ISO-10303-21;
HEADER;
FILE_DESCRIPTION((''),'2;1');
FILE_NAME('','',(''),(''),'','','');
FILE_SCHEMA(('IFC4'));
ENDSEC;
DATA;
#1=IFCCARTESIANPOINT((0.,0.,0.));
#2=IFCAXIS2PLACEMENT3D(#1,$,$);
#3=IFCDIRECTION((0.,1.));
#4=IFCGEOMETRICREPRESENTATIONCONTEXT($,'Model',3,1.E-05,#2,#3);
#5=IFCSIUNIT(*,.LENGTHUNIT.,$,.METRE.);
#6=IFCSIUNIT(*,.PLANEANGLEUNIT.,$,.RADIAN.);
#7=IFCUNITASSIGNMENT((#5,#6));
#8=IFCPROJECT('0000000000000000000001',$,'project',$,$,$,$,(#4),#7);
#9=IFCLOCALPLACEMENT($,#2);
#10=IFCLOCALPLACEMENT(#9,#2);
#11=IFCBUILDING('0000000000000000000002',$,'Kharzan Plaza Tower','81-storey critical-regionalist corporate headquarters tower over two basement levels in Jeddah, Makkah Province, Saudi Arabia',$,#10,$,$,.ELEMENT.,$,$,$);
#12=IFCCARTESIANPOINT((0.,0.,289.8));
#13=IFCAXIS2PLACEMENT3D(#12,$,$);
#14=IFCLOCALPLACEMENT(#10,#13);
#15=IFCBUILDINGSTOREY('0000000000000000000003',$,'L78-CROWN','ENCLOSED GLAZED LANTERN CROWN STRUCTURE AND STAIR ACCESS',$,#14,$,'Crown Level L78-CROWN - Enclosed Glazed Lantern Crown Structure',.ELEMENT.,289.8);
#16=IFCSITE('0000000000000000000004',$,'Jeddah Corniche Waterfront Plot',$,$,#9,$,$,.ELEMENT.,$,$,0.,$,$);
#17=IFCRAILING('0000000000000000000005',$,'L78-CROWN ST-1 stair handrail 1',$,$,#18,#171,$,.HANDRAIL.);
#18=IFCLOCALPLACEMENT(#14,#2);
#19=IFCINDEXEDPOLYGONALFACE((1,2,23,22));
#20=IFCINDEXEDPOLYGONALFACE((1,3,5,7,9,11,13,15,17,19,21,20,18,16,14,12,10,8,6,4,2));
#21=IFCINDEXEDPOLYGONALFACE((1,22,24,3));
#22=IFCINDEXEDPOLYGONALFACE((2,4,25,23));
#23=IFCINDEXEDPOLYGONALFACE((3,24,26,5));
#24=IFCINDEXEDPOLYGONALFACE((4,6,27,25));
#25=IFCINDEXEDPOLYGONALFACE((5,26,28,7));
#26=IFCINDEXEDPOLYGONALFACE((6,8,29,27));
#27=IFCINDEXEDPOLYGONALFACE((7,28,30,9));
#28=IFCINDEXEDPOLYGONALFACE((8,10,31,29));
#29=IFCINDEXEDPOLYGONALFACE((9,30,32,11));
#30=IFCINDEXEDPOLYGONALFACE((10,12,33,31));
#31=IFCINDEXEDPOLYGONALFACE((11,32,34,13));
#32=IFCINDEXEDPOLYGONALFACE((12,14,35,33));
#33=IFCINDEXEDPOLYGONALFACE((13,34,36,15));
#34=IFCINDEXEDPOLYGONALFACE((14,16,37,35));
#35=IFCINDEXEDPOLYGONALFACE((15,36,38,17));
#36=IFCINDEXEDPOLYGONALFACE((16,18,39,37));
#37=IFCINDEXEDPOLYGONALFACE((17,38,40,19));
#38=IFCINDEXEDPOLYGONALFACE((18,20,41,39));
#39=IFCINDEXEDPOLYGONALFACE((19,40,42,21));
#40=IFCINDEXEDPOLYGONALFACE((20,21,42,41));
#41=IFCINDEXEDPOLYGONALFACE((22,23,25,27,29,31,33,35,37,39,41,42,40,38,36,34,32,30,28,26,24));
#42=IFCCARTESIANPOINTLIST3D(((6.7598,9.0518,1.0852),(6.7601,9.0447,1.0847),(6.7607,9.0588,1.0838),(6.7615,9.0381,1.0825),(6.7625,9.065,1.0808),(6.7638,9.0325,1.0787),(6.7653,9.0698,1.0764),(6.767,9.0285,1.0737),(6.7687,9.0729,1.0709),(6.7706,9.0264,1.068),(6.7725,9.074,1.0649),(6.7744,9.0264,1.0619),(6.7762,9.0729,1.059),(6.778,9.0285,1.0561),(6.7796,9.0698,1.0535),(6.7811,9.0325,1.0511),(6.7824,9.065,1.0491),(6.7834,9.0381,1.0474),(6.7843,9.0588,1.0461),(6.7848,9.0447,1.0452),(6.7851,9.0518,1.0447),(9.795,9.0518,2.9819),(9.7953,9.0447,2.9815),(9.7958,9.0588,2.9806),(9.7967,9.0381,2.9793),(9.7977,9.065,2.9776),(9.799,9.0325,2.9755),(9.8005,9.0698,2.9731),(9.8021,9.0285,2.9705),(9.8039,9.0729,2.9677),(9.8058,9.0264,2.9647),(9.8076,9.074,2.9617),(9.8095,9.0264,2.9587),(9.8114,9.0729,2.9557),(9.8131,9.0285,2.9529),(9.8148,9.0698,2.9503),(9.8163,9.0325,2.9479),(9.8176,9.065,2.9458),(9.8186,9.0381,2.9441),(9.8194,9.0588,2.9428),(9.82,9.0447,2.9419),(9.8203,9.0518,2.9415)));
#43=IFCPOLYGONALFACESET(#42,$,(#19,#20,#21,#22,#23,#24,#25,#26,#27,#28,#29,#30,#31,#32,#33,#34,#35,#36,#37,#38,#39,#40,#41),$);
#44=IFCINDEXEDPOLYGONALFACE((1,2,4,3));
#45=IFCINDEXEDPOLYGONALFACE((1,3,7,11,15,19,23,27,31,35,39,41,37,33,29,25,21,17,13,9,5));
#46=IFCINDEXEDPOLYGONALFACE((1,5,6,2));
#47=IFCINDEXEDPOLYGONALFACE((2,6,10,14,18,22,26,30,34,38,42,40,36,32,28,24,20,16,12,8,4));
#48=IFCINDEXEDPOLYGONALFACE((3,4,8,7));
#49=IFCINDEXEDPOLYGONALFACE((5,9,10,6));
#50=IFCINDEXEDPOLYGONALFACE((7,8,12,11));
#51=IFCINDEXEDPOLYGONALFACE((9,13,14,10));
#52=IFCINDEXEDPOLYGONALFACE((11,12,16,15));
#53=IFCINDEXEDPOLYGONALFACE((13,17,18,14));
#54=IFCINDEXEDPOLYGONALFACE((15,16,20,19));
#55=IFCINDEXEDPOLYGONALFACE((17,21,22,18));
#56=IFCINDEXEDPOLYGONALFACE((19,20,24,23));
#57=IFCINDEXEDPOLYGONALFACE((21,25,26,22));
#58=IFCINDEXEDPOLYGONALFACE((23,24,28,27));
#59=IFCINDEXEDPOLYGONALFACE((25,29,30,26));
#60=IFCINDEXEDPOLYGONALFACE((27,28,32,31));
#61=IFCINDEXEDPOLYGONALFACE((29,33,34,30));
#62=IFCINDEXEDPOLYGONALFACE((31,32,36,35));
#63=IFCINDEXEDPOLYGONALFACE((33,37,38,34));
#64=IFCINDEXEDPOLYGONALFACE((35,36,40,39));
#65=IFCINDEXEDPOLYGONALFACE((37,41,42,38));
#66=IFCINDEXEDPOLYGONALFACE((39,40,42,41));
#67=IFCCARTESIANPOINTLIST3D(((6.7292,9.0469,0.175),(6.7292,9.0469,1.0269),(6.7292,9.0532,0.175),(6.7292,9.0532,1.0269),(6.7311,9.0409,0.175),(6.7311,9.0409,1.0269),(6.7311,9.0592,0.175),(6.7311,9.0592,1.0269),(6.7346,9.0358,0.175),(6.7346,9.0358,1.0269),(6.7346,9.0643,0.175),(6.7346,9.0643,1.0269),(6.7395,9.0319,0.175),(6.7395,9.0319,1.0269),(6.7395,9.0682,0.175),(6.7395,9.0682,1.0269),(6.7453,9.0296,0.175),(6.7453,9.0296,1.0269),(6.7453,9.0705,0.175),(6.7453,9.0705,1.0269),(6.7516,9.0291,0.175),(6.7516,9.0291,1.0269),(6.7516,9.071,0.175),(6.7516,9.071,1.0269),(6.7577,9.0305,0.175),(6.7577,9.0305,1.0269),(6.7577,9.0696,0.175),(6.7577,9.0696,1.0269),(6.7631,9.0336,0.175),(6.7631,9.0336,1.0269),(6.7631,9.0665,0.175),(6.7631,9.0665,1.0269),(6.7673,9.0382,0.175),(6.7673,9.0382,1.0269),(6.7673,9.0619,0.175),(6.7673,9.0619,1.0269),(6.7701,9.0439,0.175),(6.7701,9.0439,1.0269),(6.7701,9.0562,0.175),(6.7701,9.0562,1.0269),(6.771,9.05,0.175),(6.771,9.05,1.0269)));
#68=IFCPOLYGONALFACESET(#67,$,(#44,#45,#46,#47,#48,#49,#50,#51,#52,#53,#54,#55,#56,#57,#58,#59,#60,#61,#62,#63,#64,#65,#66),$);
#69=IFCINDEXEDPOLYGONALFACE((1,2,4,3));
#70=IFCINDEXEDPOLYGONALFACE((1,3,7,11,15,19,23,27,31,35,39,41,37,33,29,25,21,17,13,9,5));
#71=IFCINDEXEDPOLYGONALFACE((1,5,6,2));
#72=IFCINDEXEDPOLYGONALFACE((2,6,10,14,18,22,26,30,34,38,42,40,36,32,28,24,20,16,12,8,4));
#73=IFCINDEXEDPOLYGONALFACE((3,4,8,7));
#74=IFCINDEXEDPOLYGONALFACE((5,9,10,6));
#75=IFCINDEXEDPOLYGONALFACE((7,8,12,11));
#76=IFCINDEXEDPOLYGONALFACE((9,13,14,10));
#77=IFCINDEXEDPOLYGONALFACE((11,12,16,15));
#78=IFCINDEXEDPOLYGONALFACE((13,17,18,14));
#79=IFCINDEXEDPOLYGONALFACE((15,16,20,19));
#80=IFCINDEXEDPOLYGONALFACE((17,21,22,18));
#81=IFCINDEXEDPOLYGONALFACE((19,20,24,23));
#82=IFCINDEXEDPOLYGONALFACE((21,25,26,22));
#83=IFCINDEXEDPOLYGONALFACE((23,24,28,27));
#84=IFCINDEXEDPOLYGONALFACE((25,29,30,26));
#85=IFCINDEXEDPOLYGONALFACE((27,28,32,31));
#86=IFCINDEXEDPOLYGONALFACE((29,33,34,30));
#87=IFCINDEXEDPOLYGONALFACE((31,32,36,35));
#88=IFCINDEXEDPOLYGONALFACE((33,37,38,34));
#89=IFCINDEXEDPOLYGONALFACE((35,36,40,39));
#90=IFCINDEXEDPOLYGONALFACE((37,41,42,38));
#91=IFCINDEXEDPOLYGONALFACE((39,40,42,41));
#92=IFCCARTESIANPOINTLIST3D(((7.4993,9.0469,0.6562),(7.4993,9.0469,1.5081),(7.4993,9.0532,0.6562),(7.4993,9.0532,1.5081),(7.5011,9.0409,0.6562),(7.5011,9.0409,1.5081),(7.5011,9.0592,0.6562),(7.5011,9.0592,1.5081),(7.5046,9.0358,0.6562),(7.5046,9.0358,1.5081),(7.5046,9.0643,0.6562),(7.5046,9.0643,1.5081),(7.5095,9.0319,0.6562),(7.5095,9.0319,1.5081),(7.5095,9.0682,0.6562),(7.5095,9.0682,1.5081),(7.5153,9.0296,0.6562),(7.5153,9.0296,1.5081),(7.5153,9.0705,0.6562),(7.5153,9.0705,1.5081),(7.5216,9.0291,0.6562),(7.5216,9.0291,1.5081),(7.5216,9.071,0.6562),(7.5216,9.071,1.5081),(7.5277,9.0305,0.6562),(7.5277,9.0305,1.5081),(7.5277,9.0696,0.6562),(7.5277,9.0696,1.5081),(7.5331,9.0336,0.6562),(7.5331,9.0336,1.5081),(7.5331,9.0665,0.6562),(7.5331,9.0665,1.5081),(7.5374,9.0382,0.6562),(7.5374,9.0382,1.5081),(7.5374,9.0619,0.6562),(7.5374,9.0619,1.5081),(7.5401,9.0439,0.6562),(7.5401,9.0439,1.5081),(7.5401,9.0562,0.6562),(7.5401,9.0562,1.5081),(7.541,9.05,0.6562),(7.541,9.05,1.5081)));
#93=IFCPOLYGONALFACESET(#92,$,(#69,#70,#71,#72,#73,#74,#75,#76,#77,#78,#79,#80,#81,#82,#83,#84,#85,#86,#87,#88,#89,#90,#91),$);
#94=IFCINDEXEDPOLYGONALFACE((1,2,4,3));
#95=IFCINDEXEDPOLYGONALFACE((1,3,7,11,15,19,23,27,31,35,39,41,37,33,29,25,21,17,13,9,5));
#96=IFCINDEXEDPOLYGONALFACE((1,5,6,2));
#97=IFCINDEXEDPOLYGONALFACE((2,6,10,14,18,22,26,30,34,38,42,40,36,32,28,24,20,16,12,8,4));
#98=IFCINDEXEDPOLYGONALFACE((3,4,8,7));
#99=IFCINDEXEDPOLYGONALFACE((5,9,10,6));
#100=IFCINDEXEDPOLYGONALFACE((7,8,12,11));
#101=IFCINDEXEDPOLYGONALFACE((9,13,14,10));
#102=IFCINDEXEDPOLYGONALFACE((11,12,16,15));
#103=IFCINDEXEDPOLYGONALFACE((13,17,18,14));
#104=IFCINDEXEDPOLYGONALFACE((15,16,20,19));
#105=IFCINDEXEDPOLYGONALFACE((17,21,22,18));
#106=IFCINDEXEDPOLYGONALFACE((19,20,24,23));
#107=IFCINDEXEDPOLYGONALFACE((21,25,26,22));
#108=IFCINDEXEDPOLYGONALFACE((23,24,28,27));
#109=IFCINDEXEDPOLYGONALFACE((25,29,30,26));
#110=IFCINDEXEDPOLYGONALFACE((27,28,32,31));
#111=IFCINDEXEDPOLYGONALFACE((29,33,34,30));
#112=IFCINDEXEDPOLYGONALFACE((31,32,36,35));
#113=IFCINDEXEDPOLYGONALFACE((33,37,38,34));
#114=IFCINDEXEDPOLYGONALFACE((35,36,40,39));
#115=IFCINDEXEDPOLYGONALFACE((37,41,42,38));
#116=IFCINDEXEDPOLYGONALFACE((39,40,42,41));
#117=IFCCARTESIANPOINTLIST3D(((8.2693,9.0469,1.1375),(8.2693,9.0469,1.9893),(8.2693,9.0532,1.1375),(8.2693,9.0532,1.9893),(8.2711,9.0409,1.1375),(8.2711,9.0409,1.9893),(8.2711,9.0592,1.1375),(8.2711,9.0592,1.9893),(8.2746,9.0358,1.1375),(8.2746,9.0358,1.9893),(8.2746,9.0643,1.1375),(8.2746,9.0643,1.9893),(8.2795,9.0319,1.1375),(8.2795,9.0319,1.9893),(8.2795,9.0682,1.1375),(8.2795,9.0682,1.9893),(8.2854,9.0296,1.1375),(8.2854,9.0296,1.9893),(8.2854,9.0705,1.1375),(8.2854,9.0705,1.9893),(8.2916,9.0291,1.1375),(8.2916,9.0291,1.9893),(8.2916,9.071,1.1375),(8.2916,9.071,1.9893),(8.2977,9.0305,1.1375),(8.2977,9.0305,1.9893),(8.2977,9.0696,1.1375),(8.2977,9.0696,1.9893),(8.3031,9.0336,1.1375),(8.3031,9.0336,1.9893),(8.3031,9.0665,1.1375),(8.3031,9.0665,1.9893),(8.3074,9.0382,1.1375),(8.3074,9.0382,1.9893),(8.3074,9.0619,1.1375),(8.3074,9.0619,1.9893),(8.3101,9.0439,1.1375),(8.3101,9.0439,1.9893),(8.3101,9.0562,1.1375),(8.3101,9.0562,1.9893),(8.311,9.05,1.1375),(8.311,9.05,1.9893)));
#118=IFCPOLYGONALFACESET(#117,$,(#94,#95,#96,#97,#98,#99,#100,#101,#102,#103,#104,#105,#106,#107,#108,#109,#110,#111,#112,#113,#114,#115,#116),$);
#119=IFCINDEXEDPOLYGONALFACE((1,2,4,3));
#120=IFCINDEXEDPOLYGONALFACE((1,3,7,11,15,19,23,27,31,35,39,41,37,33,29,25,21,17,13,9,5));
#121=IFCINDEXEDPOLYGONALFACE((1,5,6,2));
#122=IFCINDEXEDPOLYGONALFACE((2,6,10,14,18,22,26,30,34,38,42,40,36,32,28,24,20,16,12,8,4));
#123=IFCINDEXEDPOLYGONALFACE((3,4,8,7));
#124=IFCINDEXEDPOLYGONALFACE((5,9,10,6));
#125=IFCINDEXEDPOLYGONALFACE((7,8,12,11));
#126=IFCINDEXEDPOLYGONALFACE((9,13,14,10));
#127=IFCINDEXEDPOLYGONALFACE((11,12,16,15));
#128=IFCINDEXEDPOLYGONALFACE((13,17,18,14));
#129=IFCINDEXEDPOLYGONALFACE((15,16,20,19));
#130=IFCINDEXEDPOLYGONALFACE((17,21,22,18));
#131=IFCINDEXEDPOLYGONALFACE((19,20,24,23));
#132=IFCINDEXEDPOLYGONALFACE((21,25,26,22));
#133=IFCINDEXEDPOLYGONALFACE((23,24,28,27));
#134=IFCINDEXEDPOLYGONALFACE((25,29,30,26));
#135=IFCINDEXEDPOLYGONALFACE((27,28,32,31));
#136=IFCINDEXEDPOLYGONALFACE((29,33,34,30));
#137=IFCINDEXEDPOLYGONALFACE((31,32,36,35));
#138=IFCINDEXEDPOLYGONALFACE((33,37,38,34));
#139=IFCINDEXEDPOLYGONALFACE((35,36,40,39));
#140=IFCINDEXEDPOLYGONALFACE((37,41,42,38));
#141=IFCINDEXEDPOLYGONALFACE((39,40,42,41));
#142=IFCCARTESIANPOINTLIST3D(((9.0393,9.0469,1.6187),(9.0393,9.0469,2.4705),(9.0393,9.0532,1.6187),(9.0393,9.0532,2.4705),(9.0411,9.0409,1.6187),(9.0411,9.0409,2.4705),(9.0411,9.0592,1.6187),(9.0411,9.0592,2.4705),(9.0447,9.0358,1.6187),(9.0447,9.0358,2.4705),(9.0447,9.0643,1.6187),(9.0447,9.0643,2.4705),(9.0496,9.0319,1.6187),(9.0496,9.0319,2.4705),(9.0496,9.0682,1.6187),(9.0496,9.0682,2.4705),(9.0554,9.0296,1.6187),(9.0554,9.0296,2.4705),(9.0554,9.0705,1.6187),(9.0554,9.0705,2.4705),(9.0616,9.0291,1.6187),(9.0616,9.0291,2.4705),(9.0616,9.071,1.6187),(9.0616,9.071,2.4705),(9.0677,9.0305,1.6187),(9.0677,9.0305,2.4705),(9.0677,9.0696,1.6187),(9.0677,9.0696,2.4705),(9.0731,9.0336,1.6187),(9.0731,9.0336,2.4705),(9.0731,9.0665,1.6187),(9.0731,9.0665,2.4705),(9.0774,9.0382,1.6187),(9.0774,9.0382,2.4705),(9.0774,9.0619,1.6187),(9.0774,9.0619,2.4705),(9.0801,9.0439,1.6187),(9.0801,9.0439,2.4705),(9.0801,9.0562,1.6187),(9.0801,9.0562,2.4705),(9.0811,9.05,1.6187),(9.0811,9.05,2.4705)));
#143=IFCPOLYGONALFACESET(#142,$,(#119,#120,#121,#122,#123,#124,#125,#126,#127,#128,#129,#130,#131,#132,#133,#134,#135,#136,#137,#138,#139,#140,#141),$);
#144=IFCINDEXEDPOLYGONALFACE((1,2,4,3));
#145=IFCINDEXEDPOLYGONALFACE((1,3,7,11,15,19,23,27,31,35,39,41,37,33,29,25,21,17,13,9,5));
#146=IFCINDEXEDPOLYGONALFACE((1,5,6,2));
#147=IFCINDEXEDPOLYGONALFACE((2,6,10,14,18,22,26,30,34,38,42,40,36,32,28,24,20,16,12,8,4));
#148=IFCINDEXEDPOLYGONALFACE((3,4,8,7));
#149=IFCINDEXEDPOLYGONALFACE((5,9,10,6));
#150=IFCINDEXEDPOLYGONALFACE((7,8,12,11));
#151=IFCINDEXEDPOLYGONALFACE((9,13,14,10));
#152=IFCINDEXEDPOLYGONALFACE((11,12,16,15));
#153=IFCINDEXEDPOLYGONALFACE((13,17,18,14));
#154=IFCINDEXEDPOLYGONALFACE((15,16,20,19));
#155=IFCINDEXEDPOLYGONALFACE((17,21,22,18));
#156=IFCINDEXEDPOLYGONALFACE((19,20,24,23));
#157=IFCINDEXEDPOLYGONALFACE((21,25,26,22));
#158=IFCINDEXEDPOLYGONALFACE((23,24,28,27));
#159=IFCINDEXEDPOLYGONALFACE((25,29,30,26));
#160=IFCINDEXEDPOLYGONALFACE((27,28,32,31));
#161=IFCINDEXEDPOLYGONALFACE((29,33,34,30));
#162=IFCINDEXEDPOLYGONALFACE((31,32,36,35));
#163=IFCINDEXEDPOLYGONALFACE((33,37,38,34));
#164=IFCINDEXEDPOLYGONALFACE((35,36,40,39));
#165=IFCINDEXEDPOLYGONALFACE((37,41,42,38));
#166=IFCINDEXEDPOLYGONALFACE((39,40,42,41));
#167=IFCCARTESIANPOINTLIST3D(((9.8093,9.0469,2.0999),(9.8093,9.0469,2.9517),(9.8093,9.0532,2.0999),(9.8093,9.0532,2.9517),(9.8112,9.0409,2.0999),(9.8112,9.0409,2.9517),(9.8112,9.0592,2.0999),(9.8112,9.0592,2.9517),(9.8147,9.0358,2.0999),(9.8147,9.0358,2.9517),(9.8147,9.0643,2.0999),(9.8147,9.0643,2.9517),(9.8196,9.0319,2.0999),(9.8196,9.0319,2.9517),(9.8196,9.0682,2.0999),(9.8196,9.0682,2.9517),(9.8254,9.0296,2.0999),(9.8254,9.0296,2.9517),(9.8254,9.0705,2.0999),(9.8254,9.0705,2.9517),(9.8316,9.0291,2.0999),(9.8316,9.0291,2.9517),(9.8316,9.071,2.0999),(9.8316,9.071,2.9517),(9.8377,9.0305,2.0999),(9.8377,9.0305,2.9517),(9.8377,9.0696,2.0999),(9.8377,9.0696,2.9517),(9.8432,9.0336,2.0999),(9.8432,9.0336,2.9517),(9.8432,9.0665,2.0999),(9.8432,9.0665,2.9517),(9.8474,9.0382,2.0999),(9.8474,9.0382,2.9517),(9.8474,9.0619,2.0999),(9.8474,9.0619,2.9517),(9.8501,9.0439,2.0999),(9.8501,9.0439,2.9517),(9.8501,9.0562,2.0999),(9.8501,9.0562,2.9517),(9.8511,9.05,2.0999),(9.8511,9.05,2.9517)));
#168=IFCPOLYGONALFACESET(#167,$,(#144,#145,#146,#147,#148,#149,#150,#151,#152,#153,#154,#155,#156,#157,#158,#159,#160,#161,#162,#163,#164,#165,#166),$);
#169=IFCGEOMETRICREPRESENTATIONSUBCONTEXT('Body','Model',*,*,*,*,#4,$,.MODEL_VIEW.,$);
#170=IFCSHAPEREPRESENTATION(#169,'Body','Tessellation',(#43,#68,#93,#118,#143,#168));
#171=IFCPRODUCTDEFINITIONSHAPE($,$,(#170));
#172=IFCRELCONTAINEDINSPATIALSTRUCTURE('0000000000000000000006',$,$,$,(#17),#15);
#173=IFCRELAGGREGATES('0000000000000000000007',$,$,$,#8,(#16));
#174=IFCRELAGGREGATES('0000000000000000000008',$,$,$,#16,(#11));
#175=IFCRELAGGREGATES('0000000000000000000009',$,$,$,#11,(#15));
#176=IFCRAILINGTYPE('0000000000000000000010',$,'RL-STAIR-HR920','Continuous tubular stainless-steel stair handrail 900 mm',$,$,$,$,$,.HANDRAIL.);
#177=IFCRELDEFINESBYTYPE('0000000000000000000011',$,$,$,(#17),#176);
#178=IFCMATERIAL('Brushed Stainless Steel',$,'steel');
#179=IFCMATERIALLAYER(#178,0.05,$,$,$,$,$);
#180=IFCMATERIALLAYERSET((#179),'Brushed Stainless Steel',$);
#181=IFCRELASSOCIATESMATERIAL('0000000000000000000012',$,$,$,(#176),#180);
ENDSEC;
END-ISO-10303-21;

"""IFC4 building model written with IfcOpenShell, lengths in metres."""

from ifc_helpers import new_model, si_unit, direction, frame, origin, origin_2d, place, context, subcontext, project, spatial, circle, extrude, source, transform, mapped, material, layer, layer_set, type_object, element, save


model = new_model("IFC4")

# Units and contexts
model_context = context("Model", 3, precision=1e-05, world=origin(), true_north=direction((0.0, 1.0)))
body_context = subcontext(model_context, "Body", "Model", "MODEL_VIEW")
ifc_project = project(units=[si_unit("LENGTHUNIT", "METRE"), si_unit("PLANEANGLEUNIT", "RADIAN")], contexts=[model_context])

# Site, building, storey
site_placement = place(None, origin())
site = spatial("IfcSite", under=ifc_project, at=site_placement, Name="Jeddah Corniche Waterfront Plot", CompositionType="ELEMENT", RefElevation=0.0)
building_placement = place(site_placement, origin())
building = spatial("IfcBuilding", under=site, at=building_placement, Name="Kharzan Plaza Tower", Description="81-storey critical-regionalist corporate headquarters tower over two basement levels in Jeddah, Makkah Province, Saudi Arabia", CompositionType="ELEMENT")
storey_placement = place(building_placement, frame((0.0, 0.0, 289.8)))
storey = spatial("IfcBuildingStorey", under=building, at=storey_placement, Name="L78-CROWN", Description="ENCLOSED GLAZED LANTERN CROWN STRUCTURE AND STAIR ACCESS", LongName="Crown Level L78-CROWN - Enclosed Glazed Lantern Crown Structure", CompositionType="ELEMENT", Elevation=289.8)

# Railing
ifc_material_1 = material(Name="Brushed Stainless Steel", Category="steel")
ifc_layer_1 = layer(ifc_material_1, 0.05)
ifc_layer_set_1 = layer_set([ifc_layer_1], Name="Brushed Stainless Steel")
railing_type = type_object("IfcRailingType", Name="RL-STAIR-HR920", Description="Continuous tubular stainless-steel stair handrail 900 mm", PredefinedType="HANDRAIL", material=ifc_layer_set_1)
shared_shape_1 = source(origin(), body_context, "Body", "SweptSolid", [
    extrude(circle(Radius=0.0239, at=origin_2d()), frame((0.0225, 0.0, 0.8899), z_axis=(0.848029, 0.0, 0.529951), x_axis=(0.0, 1.0, 0.0)), (0.0, 0.0, 1.0), 3.5791),
    extrude(circle(Radius=0.021, at=origin_2d()), origin(), (0.0, 0.0, 1.0), 0.8518),
    extrude(circle(Radius=0.021, at=origin_2d()), frame((0.77, 0.0, 0.4812)), (0.0, 0.0, 1.0), 0.8518),
    extrude(circle(Radius=0.021, at=origin_2d()), frame((1.54, 0.0, 0.9624)), (0.0, 0.0, 1.0), 0.8518),
    extrude(circle(Radius=0.021, at=origin_2d()), frame((2.3101, 0.0, 1.4436)), (0.0, 0.0, 1.0), 0.8518),
    extrude(circle(Radius=0.021, at=origin_2d()), frame((3.0801, 0.0, 1.9248)), (0.0, 0.0, 1.0), 0.8518),
])
railing_placement = place(storey_placement, frame((6.75, 9.05, 0.175)))
element("IfcRailing", 1, at=railing_placement, inside=storey, type_object=railing_type, Name="L78-CROWN ST-1 stair handrail 1", PredefinedType="HANDRAIL", context=body_context, shape_type="MappedRepresentation", body=[
    mapped(shared_shape_1, transform((0.0, 0.0, 0.0), x_axis=(1.0, 0.0, 0.0), y_axis=(0.0, 1.0, 0.0), z_axis=(0.0, 0.0, 1.0))),
])

save(model, "model.ifc")
